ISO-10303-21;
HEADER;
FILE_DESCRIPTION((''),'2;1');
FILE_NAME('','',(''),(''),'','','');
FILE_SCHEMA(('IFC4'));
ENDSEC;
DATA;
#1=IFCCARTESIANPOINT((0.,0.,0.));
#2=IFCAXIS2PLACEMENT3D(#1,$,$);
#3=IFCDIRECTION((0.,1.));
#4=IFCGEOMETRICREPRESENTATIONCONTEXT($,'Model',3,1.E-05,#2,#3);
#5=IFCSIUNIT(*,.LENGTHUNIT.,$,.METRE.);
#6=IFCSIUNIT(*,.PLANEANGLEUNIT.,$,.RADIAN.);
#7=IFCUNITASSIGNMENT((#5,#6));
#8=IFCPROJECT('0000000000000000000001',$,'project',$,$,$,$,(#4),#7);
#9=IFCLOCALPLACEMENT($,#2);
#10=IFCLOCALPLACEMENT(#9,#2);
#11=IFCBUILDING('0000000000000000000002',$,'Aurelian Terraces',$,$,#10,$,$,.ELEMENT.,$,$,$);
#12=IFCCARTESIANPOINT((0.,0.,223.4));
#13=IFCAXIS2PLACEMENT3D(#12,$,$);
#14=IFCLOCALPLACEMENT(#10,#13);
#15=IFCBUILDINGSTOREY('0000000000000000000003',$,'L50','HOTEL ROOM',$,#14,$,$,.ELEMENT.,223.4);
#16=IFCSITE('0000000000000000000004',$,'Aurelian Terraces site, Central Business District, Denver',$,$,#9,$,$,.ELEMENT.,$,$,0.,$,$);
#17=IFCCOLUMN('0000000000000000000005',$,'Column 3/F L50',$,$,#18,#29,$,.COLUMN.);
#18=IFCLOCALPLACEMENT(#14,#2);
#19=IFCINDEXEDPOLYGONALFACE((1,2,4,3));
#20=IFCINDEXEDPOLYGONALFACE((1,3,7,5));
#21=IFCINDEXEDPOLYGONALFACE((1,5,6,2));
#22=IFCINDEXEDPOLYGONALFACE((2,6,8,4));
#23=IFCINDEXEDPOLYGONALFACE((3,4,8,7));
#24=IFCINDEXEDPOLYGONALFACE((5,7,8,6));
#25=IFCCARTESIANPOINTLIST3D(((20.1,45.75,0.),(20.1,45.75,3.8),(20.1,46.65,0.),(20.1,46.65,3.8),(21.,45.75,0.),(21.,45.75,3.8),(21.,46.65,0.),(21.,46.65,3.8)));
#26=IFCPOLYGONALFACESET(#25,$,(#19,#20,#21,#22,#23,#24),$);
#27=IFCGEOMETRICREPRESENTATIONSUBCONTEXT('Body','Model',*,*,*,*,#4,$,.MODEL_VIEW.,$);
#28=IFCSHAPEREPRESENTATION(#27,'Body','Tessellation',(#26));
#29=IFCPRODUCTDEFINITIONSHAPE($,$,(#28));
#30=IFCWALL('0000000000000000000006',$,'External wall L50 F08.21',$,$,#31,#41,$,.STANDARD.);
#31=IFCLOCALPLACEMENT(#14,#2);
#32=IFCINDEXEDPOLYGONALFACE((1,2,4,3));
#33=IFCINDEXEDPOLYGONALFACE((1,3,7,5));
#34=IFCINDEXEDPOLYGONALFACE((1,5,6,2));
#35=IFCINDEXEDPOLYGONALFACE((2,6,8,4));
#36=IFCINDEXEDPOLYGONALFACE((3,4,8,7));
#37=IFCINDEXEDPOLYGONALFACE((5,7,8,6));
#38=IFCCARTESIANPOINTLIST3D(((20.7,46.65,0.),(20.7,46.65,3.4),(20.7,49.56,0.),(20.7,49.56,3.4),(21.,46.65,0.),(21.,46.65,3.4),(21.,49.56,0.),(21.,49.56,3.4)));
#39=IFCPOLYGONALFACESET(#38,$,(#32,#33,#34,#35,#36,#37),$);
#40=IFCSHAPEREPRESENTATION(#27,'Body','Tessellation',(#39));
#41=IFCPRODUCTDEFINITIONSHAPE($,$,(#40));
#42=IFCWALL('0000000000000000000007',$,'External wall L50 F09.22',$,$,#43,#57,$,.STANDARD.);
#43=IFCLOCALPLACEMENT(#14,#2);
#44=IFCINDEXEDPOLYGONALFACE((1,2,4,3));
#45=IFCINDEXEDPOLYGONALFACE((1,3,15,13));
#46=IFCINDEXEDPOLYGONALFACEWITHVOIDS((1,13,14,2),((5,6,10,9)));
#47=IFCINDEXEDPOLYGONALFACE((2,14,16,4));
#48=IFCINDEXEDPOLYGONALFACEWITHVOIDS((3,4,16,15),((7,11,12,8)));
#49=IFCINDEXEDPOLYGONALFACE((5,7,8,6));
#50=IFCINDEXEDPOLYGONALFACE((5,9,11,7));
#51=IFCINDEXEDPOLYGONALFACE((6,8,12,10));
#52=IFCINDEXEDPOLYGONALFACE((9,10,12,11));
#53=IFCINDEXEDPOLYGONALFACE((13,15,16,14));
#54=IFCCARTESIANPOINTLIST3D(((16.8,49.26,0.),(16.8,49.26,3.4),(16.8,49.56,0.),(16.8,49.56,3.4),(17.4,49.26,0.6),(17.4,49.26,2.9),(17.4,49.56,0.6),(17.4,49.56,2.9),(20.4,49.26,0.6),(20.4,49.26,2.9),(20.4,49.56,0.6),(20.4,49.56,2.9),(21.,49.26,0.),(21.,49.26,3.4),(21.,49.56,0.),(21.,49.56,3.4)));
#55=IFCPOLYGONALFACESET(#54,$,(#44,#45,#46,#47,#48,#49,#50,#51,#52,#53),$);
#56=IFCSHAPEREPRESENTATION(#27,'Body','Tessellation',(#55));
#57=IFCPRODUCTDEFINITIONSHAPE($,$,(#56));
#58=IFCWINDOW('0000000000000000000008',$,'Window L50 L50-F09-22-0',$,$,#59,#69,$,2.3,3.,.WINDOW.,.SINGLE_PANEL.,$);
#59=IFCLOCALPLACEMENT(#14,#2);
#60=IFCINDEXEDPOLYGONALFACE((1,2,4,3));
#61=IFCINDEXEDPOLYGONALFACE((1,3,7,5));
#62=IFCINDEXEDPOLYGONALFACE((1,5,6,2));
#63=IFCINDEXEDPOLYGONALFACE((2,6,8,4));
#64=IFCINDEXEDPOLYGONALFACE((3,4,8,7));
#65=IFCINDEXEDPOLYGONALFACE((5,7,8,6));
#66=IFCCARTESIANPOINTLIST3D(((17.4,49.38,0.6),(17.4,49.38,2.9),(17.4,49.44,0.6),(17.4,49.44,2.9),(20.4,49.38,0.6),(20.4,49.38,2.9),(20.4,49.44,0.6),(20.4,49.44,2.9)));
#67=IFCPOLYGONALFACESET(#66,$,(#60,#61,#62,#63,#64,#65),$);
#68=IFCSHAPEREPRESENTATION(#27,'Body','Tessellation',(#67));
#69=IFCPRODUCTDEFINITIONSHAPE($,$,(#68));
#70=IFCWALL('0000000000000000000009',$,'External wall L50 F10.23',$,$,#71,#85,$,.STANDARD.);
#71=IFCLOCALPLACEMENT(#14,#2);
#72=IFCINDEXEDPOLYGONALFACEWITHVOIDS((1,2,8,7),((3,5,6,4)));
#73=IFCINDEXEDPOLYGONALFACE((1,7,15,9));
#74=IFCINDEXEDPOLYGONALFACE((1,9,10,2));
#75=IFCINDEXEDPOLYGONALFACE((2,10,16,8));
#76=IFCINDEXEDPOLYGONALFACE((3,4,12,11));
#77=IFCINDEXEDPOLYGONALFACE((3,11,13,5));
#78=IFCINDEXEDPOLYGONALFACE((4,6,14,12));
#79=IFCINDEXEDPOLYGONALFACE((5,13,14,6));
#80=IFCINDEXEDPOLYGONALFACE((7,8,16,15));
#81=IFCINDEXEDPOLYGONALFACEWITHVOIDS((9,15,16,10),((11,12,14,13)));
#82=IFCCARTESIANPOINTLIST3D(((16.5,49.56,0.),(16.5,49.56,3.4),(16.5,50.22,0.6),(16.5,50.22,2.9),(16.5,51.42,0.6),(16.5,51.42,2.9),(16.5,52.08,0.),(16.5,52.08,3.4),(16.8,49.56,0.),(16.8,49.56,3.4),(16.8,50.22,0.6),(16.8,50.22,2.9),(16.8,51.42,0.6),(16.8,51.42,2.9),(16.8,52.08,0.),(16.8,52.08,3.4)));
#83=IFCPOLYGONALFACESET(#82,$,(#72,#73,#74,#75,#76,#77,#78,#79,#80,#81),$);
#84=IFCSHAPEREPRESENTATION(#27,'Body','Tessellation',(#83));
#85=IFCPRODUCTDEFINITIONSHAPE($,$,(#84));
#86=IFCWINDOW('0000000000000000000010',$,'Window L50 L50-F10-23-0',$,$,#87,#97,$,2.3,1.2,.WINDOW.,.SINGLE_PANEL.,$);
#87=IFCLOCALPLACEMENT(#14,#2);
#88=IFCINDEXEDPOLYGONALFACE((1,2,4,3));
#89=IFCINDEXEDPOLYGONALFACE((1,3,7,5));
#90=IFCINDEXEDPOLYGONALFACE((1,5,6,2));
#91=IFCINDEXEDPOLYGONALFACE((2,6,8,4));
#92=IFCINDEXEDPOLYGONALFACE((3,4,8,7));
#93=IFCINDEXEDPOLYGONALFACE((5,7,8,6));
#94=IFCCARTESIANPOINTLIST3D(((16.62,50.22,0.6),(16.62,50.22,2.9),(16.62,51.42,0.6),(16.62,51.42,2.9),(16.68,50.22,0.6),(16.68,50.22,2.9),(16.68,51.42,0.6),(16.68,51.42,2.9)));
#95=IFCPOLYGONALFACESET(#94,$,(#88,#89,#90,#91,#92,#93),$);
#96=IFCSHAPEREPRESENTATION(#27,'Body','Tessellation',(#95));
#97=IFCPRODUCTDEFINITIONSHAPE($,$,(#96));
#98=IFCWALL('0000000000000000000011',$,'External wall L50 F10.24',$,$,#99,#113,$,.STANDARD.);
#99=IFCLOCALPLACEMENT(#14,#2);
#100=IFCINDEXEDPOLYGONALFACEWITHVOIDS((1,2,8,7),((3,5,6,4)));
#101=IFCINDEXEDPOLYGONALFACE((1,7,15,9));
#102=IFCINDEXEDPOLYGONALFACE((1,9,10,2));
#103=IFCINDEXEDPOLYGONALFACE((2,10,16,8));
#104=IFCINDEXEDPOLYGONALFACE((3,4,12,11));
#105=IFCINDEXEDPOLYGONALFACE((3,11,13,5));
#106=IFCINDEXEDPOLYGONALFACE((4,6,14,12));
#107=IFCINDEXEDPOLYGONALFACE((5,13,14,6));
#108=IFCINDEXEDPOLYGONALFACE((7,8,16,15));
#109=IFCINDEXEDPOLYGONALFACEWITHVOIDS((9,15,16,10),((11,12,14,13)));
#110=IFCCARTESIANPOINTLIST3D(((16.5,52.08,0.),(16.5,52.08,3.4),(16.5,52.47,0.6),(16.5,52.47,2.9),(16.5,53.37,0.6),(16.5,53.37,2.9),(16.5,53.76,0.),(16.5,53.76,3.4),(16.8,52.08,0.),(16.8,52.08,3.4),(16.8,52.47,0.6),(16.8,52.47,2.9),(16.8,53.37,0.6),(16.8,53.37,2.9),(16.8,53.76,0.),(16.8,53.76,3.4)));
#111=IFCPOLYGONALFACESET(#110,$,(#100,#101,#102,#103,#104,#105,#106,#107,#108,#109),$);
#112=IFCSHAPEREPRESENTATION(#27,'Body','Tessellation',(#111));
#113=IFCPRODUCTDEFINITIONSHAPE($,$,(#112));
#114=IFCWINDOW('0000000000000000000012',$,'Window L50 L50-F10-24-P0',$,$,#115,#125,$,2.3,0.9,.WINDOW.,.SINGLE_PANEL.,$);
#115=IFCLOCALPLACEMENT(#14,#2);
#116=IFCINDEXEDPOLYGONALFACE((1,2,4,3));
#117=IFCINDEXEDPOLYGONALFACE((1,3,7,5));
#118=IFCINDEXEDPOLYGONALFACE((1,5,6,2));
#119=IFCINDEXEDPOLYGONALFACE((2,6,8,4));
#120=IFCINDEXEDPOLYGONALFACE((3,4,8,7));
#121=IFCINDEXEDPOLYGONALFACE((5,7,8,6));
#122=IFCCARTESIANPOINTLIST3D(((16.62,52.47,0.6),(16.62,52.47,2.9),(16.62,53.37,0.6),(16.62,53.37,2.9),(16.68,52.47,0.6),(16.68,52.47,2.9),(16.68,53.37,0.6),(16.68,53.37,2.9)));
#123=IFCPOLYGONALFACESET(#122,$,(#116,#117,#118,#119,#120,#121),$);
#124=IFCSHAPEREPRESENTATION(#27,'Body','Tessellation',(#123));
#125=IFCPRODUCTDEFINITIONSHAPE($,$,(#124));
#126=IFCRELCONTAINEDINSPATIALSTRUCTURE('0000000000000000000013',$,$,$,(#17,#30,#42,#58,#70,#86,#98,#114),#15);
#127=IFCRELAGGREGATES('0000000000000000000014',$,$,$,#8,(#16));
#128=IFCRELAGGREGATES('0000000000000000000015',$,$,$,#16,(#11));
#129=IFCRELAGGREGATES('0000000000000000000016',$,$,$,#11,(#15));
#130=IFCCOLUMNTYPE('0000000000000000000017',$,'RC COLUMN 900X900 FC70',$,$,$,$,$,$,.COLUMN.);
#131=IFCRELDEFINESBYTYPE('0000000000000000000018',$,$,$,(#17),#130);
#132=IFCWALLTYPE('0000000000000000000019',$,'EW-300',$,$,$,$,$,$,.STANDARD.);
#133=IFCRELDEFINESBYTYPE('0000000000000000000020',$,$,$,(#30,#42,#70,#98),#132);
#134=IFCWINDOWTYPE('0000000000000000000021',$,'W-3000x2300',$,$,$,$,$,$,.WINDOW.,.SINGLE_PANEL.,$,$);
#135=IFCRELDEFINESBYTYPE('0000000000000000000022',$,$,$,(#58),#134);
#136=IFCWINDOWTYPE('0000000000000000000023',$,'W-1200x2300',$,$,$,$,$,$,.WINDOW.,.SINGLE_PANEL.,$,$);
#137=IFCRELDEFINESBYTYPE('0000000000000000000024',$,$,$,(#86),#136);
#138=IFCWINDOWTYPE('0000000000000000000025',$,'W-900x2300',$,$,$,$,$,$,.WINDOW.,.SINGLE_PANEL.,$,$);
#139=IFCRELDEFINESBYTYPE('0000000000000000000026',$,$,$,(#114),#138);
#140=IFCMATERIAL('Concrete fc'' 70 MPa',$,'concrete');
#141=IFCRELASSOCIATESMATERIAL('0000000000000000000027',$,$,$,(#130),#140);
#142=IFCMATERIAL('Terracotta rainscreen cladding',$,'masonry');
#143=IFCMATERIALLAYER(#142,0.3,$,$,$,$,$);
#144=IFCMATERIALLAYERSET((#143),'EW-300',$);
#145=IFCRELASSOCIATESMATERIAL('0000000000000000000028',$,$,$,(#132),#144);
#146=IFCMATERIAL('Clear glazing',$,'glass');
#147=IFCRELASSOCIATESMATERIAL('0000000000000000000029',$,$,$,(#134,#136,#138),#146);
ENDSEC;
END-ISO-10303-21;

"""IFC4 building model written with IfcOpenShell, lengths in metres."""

from ifc_helpers import new_model, si_unit, direction, frame, frame_2d, origin, origin_2d, place, context, subcontext, project, spatial, rectangle, extrude, source, transform, mapped, material, layer, layer_set, material_profile, profile_set, type_object, element, fill, save


model = new_model("IFC4")

# Units and contexts
model_context = context("Model", 3, precision=1e-05, world=origin(), true_north=direction((0.0, 1.0)))
body_context = subcontext(model_context, "Body", "Model", "MODEL_VIEW")
ifc_project = project(units=[si_unit("LENGTHUNIT", "METRE"), si_unit("PLANEANGLEUNIT", "RADIAN")], contexts=[model_context])

# Site, building, storey
site_placement = place(None, origin())
site = spatial("IfcSite", under=ifc_project, at=site_placement, Name="Aurelian Terraces site, Central Business District, Denver", CompositionType="ELEMENT", RefElevation=0.0)
building_placement = place(site_placement, origin())
building = spatial("IfcBuilding", under=site, at=building_placement, Name="Aurelian Terraces", CompositionType="ELEMENT")
storey_placement = place(building_placement, frame((0.0, 0.0, 223.4)))
storey = spatial("IfcBuildingStorey", under=building, at=storey_placement, Name="L50", Description="HOTEL ROOM", CompositionType="ELEMENT", Elevation=223.4)

# Column
ifc_material_1 = material(Name="Concrete fc' 70 MPa", Category="concrete")
ifc_material_profile = material_profile(ifc_material_1, rectangle(XDim=0.9, YDim=0.9, at=origin_2d()))
ifc_profile_set = profile_set([ifc_material_profile], Name="Concrete fc' 70 MPa")
column_type = type_object("IfcColumnType", Name="RC COLUMN 900X900 FC70", PredefinedType="COLUMN", material=ifc_profile_set)
shared_shape_1 = source(origin(), body_context, "Body", "SweptSolid", [
    extrude(rectangle(XDim=0.9, YDim=0.9, at=origin_2d()), origin(), (0.0, 0.0, 1.0), 3.8),
])
column_placement = place(storey_placement, frame((20.55, 46.2, 0.0), z_axis=(0.0, 0.0, 1.0), x_axis=(1.0, 0.0, 0.0)))
element("IfcColumn", 1, at=column_placement, inside=storey, type_object=column_type, Name="Column 3/F L50", PredefinedType="COLUMN", context=body_context, shape_type="MappedRepresentation", body=[
    mapped(shared_shape_1, transform((0.0, 0.0, 0.0), scale=1.0)),
])

# Wall
ifc_material_2 = material(Name="Terracotta rainscreen cladding", Category="masonry")
ifc_layer_1 = layer(ifc_material_2, 0.3)
ifc_layer_set_1 = layer_set([ifc_layer_1], Name="EW-300")
wall_type_1 = type_object("IfcWallType", Name="EW-300", PredefinedType="STANDARD", material=ifc_layer_set_1)
shared_shape_2 = source(origin(), body_context, "Body", "SweptSolid", [
    extrude(rectangle(XDim=2.91, YDim=0.3, at=frame_2d((1.455, 0.0))), origin(), (0.0, 0.0, 1.0), 3.4),
])
wall_1_placement = place(storey_placement, frame((20.85, 46.65, 0.0), z_axis=(0.0, 0.0, 1.0), x_axis=(0.0, 1.0, 0.0)))
element("IfcWall", 2, at=wall_1_placement, inside=storey, type_object=wall_type_1, Name="External wall L50 F08.21", PredefinedType="STANDARD", context=body_context, shape_type="MappedRepresentation", body=[
    mapped(shared_shape_2, transform((0.0, 0.0, 0.0), scale=1.0)),
])

# Walls, openings, windows
shared_shape_3 = source(origin(), body_context, "Body", "SweptSolid", [
    extrude(rectangle(XDim=4.2, YDim=0.3, at=frame_2d((2.1, 0.0))), origin(), (0.0, 0.0, 1.0), 3.4),
])
wall_2_placement = place(storey_placement, frame((21.0, 49.41, 0.0), z_axis=(0.0, 0.0, 1.0), x_axis=(-1.0, 0.0, 0.0)))
wall_2 = element("IfcWall", 3, at=wall_2_placement, inside=storey, type_object=wall_type_1, Name="External wall L50 F09.22", PredefinedType="STANDARD", context=body_context, shape_type="MappedRepresentation", body=[
    mapped(shared_shape_3, transform((0.0, 0.0, 0.0), scale=1.0)),
])
shared_shape_4 = source(origin(), body_context, "Body", "SweptSolid", [
    extrude(rectangle(XDim=3.0, YDim=2.3, at=frame_2d((1.5, 1.15))), frame((0.0, 0.16, 0.0), z_axis=(0.0, -1.0, 0.0), x_axis=(1.0, 0.0, 0.0)), (0.0, 0.0, 1.0), 0.32),
])
opening_1_placement = place(wall_2_placement, frame((0.6, 0.0, 0.6)))
opening_1 = element("IfcOpeningElement", 4, at=opening_1_placement, cuts=wall_2, PredefinedType="OPENING", context=body_context, shape_type="MappedRepresentation", body=[
    mapped(shared_shape_4, transform((0.0, 0.0, 0.0), scale=1.0)),
])
ifc_material_3 = material(Name="Clear glazing", Category="glass")
window_type_1 = type_object("IfcWindowType", Name="W-3000x2300", PartitioningType="SINGLE_PANEL", PredefinedType="WINDOW", material=ifc_material_3)
shared_shape_5 = source(origin(), body_context, "Body", "SweptSolid", [
    extrude(rectangle(XDim=3.0, YDim=2.3, at=frame_2d((1.5, 1.15))), frame((0.0, 0.03, 0.0), z_axis=(0.0, -1.0, 0.0), x_axis=(1.0, 0.0, 0.0)), (0.0, 0.0, 1.0), 0.06),
])
window_1_placement = place(opening_1_placement, origin())
window_1 = element("IfcWindow", 5, at=window_1_placement, inside=storey, type_object=window_type_1, Name="Window L50 L50-F09-22-0", OverallHeight=2.3, OverallWidth=3.0, PartitioningType="SINGLE_PANEL", PredefinedType="WINDOW", context=body_context, shape_type="MappedRepresentation", body=[
    mapped(shared_shape_5, transform((0.0, 0.0, 0.0), scale=1.0)),
])
fill(opening_1, window_1)
shared_shape_6 = source(origin(), body_context, "Body", "SweptSolid", [
    extrude(rectangle(XDim=2.52, YDim=0.3, at=frame_2d((1.26, 0.0))), origin(), (0.0, 0.0, 1.0), 3.4),
])
wall_3_placement = place(storey_placement, frame((16.65, 49.56, 0.0), z_axis=(0.0, 0.0, 1.0), x_axis=(0.0, 1.0, 0.0)))
wall_3 = element("IfcWall", 6, at=wall_3_placement, inside=storey, type_object=wall_type_1, Name="External wall L50 F10.23", PredefinedType="STANDARD", context=body_context, shape_type="MappedRepresentation", body=[
    mapped(shared_shape_6, transform((0.0, 0.0, 0.0), scale=1.0)),
])
shared_shape_7 = source(origin(), body_context, "Body", "SweptSolid", [
    extrude(rectangle(XDim=1.2, YDim=2.3, at=frame_2d((0.6, 1.15))), frame((0.0, 0.16, 0.0), z_axis=(0.0, -1.0, 0.0), x_axis=(1.0, 0.0, 0.0)), (0.0, 0.0, 1.0), 0.32),
])
opening_2_placement = place(wall_3_placement, frame((0.66, 0.0, 0.6)))
opening_2 = element("IfcOpeningElement", 7, at=opening_2_placement, cuts=wall_3, PredefinedType="OPENING", context=body_context, shape_type="MappedRepresentation", body=[
    mapped(shared_shape_7, transform((0.0, 0.0, 0.0), scale=1.0)),
])
window_type_2 = type_object("IfcWindowType", Name="W-1200x2300", PartitioningType="SINGLE_PANEL", PredefinedType="WINDOW", material=ifc_material_3)
shared_shape_8 = source(origin(), body_context, "Body", "SweptSolid", [
    extrude(rectangle(XDim=1.2, YDim=2.3, at=frame_2d((0.6, 1.15))), frame((0.0, 0.03, 0.0), z_axis=(0.0, -1.0, 0.0), x_axis=(1.0, 0.0, 0.0)), (0.0, 0.0, 1.0), 0.06),
])
window_2_placement = place(opening_2_placement, origin())
window_2 = element("IfcWindow", 8, at=window_2_placement, inside=storey, type_object=window_type_2, Name="Window L50 L50-F10-23-0", OverallHeight=2.3, OverallWidth=1.2, PartitioningType="SINGLE_PANEL", PredefinedType="WINDOW", context=body_context, shape_type="MappedRepresentation", body=[
    mapped(shared_shape_8, transform((0.0, 0.0, 0.0), scale=1.0)),
])
fill(opening_2, window_2)
shared_shape_9 = source(origin(), body_context, "Body", "SweptSolid", [
    extrude(rectangle(XDim=1.68, YDim=0.3, at=frame_2d((0.84, 0.0))), origin(), (0.0, 0.0, 1.0), 3.4),
])
wall_4_placement = place(storey_placement, frame((16.65, 52.08, 0.0), z_axis=(0.0, 0.0, 1.0), x_axis=(0.0, 1.0, 0.0)))
wall_4 = element("IfcWall", 9, at=wall_4_placement, inside=storey, type_object=wall_type_1, Name="External wall L50 F10.24", PredefinedType="STANDARD", context=body_context, shape_type="MappedRepresentation", body=[
    mapped(shared_shape_9, transform((0.0, 0.0, 0.0), scale=1.0)),
])
shared_shape_10 = source(origin(), body_context, "Body", "SweptSolid", [
    extrude(rectangle(XDim=0.9, YDim=2.3, at=frame_2d((0.45, 1.15))), frame((0.0, 0.16, 0.0), z_axis=(0.0, -1.0, 0.0), x_axis=(1.0, 0.0, 0.0)), (0.0, 0.0, 1.0), 0.32),
])
opening_3_placement = place(wall_4_placement, frame((0.39, 0.0, 0.6)))
opening_3 = element("IfcOpeningElement", 10, at=opening_3_placement, cuts=wall_4, PredefinedType="OPENING", context=body_context, shape_type="MappedRepresentation", body=[
    mapped(shared_shape_10, transform((0.0, 0.0, 0.0), scale=1.0)),
])
window_type_3 = type_object("IfcWindowType", Name="W-900x2300", PartitioningType="SINGLE_PANEL", PredefinedType="WINDOW", material=ifc_material_3)
shared_shape_11 = source(origin(), body_context, "Body", "SweptSolid", [
    extrude(rectangle(XDim=0.9, YDim=2.3, at=frame_2d((0.45, 1.15))), frame((0.0, 0.03, 0.0), z_axis=(0.0, -1.0, 0.0), x_axis=(1.0, 0.0, 0.0)), (0.0, 0.0, 1.0), 0.06),
])
window_3_placement = place(opening_3_placement, origin())
window_3 = element("IfcWindow", 11, at=window_3_placement, inside=storey, type_object=window_type_3, Name="Window L50 L50-F10-24-P0", OverallHeight=2.3, OverallWidth=0.9, PartitioningType="SINGLE_PANEL", PredefinedType="WINDOW", context=body_context, shape_type="MappedRepresentation", body=[
    mapped(shared_shape_11, transform((0.0, 0.0, 0.0), scale=1.0)),
])
fill(opening_3, window_3)

save(model, "model.ifc")
